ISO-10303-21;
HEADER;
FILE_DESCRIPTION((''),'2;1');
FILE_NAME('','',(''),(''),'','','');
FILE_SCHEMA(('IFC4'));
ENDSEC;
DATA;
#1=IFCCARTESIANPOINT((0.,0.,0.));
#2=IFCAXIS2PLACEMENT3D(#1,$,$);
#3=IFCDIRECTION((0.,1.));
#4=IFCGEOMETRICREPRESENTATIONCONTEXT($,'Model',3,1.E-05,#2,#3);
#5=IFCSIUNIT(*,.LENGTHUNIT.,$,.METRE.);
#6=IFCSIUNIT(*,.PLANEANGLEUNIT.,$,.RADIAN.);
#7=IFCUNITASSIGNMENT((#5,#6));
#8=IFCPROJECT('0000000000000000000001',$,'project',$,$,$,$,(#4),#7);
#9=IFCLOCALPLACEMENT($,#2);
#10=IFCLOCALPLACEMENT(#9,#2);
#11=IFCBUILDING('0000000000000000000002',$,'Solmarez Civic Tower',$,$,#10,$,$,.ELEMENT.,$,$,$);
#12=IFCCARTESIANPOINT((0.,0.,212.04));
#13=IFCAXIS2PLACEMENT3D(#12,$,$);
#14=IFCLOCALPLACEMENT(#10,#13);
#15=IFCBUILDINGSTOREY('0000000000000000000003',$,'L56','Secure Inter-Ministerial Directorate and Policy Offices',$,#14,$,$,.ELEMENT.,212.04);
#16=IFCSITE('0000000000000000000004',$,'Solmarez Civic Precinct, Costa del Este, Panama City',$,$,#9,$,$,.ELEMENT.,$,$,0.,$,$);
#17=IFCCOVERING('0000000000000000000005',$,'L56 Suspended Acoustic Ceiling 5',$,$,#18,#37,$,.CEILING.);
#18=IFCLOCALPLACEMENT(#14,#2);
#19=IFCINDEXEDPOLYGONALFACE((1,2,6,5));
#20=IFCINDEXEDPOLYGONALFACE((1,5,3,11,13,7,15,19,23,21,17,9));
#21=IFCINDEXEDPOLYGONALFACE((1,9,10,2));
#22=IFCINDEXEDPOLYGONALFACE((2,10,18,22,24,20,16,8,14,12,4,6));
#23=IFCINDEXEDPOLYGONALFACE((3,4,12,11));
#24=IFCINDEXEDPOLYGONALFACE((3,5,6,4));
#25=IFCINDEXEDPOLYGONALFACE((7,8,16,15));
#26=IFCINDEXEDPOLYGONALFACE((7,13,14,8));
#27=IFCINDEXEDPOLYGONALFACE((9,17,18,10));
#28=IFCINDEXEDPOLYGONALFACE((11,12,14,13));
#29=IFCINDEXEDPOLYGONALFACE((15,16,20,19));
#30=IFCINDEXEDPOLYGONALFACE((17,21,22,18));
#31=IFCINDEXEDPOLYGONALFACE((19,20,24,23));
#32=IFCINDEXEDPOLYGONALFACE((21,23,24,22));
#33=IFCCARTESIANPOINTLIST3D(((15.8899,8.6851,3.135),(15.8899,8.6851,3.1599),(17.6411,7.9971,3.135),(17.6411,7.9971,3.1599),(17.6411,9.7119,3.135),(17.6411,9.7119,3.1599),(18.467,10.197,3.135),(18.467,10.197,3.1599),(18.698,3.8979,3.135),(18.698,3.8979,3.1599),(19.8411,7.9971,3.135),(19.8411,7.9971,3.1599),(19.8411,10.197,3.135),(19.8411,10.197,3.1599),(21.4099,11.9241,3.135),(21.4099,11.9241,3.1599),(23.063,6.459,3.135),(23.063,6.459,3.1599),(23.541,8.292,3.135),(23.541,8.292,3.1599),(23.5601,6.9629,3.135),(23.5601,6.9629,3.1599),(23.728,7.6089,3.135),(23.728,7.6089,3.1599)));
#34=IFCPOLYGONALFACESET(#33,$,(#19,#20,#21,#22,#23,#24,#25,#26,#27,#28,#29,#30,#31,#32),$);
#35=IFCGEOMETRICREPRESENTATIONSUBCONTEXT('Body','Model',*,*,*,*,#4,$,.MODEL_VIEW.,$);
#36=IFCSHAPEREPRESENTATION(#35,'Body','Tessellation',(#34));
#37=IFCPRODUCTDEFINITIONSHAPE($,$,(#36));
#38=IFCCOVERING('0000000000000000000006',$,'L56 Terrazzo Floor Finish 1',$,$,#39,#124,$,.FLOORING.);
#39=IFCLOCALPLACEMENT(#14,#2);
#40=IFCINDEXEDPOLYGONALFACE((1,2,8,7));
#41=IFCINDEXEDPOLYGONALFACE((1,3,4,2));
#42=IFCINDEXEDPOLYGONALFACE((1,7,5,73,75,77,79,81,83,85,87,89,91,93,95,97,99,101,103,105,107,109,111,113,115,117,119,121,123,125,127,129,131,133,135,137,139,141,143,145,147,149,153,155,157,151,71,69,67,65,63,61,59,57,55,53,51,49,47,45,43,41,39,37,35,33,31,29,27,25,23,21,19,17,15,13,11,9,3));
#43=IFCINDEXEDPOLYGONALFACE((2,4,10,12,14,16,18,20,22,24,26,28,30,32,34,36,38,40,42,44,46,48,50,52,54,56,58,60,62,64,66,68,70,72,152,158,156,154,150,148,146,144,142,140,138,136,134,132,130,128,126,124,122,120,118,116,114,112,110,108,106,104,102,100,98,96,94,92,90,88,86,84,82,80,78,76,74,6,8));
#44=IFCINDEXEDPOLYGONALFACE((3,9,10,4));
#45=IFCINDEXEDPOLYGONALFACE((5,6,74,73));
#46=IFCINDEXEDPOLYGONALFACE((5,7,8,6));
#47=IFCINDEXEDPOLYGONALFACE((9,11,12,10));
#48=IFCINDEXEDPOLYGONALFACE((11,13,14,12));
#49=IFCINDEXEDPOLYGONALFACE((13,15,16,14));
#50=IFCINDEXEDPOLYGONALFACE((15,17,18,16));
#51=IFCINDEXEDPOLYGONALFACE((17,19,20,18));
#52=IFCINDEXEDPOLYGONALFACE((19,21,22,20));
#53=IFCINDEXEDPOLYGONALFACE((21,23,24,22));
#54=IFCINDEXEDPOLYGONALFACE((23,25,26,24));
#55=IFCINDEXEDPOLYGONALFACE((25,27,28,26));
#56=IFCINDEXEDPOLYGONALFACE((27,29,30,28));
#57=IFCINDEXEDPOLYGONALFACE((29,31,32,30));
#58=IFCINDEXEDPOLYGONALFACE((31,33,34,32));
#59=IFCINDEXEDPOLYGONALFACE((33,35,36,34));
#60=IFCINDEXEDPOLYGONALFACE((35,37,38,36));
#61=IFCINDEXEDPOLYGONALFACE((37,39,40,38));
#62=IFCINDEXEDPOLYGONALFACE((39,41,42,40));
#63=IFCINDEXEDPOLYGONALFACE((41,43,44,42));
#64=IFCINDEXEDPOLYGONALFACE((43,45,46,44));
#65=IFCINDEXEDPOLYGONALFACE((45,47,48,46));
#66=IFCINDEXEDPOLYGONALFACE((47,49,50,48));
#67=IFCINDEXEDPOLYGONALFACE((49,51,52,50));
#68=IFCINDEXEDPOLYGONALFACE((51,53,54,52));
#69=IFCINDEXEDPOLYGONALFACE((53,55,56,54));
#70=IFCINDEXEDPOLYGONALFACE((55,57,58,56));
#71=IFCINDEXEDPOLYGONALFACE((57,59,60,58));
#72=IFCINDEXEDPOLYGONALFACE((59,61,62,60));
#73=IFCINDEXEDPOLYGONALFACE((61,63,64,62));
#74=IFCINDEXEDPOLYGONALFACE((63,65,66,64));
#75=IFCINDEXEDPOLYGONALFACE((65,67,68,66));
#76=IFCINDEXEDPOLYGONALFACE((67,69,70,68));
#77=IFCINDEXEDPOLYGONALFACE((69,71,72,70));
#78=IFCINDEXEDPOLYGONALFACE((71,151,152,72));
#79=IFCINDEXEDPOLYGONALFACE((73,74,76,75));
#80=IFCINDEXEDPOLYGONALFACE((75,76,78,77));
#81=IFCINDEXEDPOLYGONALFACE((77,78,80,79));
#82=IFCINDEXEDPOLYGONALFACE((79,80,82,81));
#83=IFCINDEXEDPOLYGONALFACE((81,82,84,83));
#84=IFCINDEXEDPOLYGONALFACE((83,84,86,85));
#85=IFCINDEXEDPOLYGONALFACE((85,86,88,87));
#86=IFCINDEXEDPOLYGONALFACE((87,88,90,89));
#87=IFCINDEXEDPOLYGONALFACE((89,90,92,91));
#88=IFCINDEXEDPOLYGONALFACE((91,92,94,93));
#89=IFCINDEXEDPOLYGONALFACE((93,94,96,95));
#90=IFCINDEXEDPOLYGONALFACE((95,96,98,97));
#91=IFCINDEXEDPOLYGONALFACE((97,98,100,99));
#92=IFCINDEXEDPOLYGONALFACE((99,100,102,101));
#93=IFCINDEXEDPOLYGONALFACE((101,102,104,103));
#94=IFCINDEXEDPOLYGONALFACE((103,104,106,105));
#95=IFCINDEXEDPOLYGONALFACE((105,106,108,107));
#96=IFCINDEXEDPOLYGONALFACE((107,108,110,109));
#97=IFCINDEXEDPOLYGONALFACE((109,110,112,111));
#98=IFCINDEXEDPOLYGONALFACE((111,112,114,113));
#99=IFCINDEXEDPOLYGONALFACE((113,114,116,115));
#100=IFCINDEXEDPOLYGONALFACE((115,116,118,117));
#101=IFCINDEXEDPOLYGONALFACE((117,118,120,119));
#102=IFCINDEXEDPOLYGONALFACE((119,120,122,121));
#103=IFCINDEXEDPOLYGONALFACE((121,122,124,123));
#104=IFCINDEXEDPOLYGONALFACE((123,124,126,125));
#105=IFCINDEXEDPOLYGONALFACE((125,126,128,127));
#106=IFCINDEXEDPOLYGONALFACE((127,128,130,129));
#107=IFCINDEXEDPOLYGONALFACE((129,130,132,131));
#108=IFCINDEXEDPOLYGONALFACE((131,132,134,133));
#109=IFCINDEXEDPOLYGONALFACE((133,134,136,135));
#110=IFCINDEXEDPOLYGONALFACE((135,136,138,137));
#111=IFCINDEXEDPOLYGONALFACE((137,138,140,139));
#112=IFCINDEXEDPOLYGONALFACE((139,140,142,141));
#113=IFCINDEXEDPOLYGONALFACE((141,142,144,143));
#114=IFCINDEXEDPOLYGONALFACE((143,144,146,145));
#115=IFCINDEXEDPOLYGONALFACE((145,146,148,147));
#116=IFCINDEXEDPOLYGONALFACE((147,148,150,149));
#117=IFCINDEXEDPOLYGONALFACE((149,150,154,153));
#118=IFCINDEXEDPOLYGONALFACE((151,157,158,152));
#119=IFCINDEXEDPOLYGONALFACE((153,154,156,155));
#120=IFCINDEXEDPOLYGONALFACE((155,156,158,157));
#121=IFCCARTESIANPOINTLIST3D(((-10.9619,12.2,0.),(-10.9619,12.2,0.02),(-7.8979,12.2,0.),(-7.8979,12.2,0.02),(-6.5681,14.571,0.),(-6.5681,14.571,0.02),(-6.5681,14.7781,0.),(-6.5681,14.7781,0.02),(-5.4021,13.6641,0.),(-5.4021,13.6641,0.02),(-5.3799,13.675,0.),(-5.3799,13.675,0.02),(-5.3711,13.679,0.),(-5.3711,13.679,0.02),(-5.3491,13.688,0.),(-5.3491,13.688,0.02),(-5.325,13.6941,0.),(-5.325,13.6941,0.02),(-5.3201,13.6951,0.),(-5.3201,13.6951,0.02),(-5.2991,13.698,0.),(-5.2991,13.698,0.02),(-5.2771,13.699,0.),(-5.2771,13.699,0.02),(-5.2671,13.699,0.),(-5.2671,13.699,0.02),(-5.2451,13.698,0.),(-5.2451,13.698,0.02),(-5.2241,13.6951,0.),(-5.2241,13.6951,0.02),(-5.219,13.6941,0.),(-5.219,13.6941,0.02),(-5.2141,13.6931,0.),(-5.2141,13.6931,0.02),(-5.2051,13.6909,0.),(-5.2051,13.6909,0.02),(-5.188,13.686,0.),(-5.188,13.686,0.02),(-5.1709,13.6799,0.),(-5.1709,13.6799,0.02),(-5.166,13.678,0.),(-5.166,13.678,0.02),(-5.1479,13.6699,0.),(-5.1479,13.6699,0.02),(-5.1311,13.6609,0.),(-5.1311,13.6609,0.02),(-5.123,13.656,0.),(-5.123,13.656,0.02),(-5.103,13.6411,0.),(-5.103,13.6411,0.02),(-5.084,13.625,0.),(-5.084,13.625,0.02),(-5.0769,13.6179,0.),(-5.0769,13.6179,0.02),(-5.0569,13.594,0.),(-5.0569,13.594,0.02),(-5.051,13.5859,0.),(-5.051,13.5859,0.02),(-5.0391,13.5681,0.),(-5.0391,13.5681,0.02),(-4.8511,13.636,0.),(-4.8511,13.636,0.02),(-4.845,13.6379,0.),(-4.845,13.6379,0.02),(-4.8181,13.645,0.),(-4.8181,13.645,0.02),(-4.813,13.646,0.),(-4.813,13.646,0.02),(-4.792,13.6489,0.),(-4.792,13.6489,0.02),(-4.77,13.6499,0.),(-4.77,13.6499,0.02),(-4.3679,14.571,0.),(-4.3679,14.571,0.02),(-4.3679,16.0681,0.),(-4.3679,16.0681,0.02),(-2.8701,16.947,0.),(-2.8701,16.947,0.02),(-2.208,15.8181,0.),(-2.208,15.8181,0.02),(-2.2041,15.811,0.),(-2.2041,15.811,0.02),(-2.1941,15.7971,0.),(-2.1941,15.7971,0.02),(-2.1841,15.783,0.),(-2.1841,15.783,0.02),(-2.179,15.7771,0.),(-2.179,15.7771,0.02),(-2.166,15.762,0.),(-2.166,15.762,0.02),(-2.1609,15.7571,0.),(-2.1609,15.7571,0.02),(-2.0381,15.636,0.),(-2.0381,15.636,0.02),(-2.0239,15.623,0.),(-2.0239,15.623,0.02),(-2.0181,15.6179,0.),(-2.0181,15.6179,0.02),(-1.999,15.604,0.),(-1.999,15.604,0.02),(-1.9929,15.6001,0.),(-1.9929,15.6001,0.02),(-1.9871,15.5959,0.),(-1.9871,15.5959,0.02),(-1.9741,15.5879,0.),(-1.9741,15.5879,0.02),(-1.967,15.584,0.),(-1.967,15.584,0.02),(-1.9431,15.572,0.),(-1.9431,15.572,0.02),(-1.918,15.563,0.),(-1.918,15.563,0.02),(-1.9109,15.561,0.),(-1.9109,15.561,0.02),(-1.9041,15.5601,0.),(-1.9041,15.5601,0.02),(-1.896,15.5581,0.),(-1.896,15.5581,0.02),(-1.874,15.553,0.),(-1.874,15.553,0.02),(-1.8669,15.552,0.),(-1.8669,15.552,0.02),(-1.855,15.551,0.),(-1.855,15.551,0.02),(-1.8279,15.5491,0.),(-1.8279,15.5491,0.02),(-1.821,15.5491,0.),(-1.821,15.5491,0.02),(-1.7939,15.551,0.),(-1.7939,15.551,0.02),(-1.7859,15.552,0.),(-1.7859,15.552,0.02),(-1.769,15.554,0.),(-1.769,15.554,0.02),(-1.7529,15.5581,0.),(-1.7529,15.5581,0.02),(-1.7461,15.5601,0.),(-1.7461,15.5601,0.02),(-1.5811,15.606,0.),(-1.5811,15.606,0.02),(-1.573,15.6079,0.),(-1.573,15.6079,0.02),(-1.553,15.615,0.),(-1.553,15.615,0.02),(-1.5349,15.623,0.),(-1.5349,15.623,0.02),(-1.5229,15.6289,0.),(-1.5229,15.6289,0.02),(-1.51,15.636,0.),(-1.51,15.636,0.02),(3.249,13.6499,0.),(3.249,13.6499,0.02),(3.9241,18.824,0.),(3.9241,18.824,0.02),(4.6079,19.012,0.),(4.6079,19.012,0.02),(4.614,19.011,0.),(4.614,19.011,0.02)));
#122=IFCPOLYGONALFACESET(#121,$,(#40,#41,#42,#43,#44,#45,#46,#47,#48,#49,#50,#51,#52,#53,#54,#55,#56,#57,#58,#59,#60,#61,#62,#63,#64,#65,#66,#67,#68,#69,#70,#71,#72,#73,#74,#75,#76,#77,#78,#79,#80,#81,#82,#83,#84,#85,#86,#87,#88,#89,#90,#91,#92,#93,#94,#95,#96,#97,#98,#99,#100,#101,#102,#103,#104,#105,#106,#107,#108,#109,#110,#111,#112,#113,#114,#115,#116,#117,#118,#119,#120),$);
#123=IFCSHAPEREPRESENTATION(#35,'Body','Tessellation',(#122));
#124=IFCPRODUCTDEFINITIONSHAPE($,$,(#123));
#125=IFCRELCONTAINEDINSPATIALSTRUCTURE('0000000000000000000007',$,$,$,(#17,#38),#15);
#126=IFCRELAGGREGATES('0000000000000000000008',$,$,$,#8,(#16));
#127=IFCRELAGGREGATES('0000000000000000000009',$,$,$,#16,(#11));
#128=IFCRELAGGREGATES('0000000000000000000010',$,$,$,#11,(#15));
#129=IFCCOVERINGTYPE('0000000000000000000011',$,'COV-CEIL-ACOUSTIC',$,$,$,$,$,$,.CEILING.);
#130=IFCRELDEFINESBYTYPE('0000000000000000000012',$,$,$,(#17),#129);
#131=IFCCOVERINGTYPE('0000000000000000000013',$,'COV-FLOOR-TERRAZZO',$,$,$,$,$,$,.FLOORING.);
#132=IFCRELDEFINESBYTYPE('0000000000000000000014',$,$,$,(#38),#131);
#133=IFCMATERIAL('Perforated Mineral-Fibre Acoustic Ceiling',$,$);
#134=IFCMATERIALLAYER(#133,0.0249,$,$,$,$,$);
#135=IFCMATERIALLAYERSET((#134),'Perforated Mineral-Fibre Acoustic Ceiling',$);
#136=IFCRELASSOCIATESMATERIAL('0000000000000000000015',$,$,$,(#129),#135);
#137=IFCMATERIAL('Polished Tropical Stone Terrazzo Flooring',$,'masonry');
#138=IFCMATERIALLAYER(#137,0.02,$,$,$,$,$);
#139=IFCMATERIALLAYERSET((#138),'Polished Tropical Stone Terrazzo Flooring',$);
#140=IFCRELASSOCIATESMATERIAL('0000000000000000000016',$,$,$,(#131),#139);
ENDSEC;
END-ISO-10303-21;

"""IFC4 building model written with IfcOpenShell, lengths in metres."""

from ifc_helpers import new_model, si_unit, direction, frame, origin, place, context, subcontext, project, spatial, polyline, outline, extrude, material, layer, layer_set, type_object, element, save


model = new_model("IFC4")

# Units and contexts
model_context = context("Model", 3, precision=1e-05, world=origin(), true_north=direction((0.0, 1.0)))
body_context = subcontext(model_context, "Body", "Model", "MODEL_VIEW")
ifc_project = project(units=[si_unit("LENGTHUNIT", "METRE"), si_unit("PLANEANGLEUNIT", "RADIAN")], contexts=[model_context])

# Site, building, storey
site_placement = place(None, origin())
site = spatial("IfcSite", under=ifc_project, at=site_placement, Name="Solmarez Civic Precinct, Costa del Este, Panama City", CompositionType="ELEMENT", RefElevation=0.0)
building_placement = place(site_placement, origin())
building = spatial("IfcBuilding", under=site, at=building_placement, Name="Solmarez Civic Tower", CompositionType="ELEMENT")
storey_placement = place(building_placement, frame((0.0, 0.0, 212.04)))
storey = spatial("IfcBuildingStorey", under=building, at=storey_placement, Name="L56", Description="Secure Inter-Ministerial Directorate and Policy Offices", CompositionType="ELEMENT", Elevation=212.04)

# Coverings
ifc_material_1 = material(Name="Perforated Mineral-Fibre Acoustic Ceiling")
ifc_layer_1 = layer(ifc_material_1, 0.0249)
ifc_layer_set_1 = layer_set([ifc_layer_1], Name="Perforated Mineral-Fibre Acoustic Ceiling")
covering_type_1 = type_object("IfcCoveringType", Name="COV-CEIL-ACOUSTIC", PredefinedType="CEILING", material=ifc_layer_set_1)
covering_1_placement = place(storey_placement, frame((0.0, 0.0, 3.135)))
element("IfcCovering", 1, at=covering_1_placement, inside=storey, type_object=covering_type_1, Name="L56 Suspended Acoustic Ceiling 5", PredefinedType="CEILING", context=body_context, shape_type="SweptSolid", body=[
    extrude(outline(polyline([(18.698, 3.8979), (23.063, 6.459), (23.5601, 6.9629), (23.728, 7.6089), (23.541, 8.292), (21.4099, 11.9241), (18.467, 10.197), (19.8411, 10.197), (19.8411, 7.9971), (17.6411, 7.9971), (17.6411, 9.7119), (15.8899, 8.6851), (18.698, 3.8979)])), origin(), (0.0, 0.0, 1.0), 0.0249),
])
ifc_material_2 = material(Name="Polished Tropical Stone Terrazzo Flooring", Category="masonry")
ifc_layer_2 = layer(ifc_material_2, 0.02)
ifc_layer_set_2 = layer_set([ifc_layer_2], Name="Polished Tropical Stone Terrazzo Flooring")
covering_type_2 = type_object("IfcCoveringType", Name="COV-FLOOR-TERRAZZO", PredefinedType="FLOORING", material=ifc_layer_set_2)
covering_2_placement = place(storey_placement, origin())
element("IfcCovering", 2, at=covering_2_placement, inside=storey, type_object=covering_type_2, Name="L56 Terrazzo Floor Finish 1", PredefinedType="FLOORING", context=body_context, shape_type="SweptSolid", body=[
    extrude(outline(polyline([(-10.9619, 12.2), (-7.8979, 12.2), (-5.4021, 13.6641), (-5.3799, 13.675), (-5.3711, 13.679), (-5.3491, 13.688), (-5.325, 13.6941), (-5.3201, 13.6951), (-5.2991, 13.698), (-5.2771, 13.699), (-5.2671, 13.699), (-5.2451, 13.698), (-5.2241, 13.6951), (-5.219, 13.6941), (-5.2141, 13.6931), (-5.2051, 13.6909), (-5.188, 13.686), (-5.1709, 13.6799), (-5.166, 13.678), (-5.1479, 13.6699), (-5.1311, 13.6609), (-5.123, 13.656), (-5.103, 13.6411), (-5.084, 13.625), (-5.0769, 13.6179), (-5.0569, 13.594), (-5.051, 13.5859), (-5.0391, 13.5681), (-4.8511, 13.636), (-4.845, 13.6379), (-4.8181, 13.645), (-4.813, 13.646), (-4.792, 13.6489), (-4.77, 13.6499), (3.249, 13.6499), (4.614, 19.011), (4.6079, 19.012), (3.9241, 18.824), (-1.51, 15.636), (-1.5229, 15.6289), (-1.5349, 15.623), (-1.553, 15.615), (-1.573, 15.6079), (-1.5811, 15.606), (-1.7461, 15.5601), (-1.7529, 15.5581), (-1.769, 15.554), (-1.7859, 15.552), (-1.7939, 15.551), (-1.821, 15.5491), (-1.8279, 15.5491), (-1.855, 15.551), (-1.8669, 15.552), (-1.874, 15.553), (-1.896, 15.5581), (-1.9041, 15.5601), (-1.9109, 15.561), (-1.918, 15.563), (-1.9431, 15.572), (-1.967, 15.584), (-1.9741, 15.5879), (-1.9871, 15.5959), (-1.9929, 15.6001), (-1.999, 15.604), (-2.0181, 15.6179), (-2.0239, 15.623), (-2.0381, 15.636), (-2.1609, 15.7571), (-2.166, 15.762), (-2.179, 15.7771), (-2.1841, 15.783), (-2.1941, 15.7971), (-2.2041, 15.811), (-2.208, 15.8181), (-2.8701, 16.947), (-4.3679, 16.0681), (-4.3679, 14.571), (-6.5681, 14.571), (-6.5681, 14.7781), (-10.9619, 12.2)])), origin(), (0.0, 0.0, 1.0), 0.02),
])

save(model, "model.ifc")
